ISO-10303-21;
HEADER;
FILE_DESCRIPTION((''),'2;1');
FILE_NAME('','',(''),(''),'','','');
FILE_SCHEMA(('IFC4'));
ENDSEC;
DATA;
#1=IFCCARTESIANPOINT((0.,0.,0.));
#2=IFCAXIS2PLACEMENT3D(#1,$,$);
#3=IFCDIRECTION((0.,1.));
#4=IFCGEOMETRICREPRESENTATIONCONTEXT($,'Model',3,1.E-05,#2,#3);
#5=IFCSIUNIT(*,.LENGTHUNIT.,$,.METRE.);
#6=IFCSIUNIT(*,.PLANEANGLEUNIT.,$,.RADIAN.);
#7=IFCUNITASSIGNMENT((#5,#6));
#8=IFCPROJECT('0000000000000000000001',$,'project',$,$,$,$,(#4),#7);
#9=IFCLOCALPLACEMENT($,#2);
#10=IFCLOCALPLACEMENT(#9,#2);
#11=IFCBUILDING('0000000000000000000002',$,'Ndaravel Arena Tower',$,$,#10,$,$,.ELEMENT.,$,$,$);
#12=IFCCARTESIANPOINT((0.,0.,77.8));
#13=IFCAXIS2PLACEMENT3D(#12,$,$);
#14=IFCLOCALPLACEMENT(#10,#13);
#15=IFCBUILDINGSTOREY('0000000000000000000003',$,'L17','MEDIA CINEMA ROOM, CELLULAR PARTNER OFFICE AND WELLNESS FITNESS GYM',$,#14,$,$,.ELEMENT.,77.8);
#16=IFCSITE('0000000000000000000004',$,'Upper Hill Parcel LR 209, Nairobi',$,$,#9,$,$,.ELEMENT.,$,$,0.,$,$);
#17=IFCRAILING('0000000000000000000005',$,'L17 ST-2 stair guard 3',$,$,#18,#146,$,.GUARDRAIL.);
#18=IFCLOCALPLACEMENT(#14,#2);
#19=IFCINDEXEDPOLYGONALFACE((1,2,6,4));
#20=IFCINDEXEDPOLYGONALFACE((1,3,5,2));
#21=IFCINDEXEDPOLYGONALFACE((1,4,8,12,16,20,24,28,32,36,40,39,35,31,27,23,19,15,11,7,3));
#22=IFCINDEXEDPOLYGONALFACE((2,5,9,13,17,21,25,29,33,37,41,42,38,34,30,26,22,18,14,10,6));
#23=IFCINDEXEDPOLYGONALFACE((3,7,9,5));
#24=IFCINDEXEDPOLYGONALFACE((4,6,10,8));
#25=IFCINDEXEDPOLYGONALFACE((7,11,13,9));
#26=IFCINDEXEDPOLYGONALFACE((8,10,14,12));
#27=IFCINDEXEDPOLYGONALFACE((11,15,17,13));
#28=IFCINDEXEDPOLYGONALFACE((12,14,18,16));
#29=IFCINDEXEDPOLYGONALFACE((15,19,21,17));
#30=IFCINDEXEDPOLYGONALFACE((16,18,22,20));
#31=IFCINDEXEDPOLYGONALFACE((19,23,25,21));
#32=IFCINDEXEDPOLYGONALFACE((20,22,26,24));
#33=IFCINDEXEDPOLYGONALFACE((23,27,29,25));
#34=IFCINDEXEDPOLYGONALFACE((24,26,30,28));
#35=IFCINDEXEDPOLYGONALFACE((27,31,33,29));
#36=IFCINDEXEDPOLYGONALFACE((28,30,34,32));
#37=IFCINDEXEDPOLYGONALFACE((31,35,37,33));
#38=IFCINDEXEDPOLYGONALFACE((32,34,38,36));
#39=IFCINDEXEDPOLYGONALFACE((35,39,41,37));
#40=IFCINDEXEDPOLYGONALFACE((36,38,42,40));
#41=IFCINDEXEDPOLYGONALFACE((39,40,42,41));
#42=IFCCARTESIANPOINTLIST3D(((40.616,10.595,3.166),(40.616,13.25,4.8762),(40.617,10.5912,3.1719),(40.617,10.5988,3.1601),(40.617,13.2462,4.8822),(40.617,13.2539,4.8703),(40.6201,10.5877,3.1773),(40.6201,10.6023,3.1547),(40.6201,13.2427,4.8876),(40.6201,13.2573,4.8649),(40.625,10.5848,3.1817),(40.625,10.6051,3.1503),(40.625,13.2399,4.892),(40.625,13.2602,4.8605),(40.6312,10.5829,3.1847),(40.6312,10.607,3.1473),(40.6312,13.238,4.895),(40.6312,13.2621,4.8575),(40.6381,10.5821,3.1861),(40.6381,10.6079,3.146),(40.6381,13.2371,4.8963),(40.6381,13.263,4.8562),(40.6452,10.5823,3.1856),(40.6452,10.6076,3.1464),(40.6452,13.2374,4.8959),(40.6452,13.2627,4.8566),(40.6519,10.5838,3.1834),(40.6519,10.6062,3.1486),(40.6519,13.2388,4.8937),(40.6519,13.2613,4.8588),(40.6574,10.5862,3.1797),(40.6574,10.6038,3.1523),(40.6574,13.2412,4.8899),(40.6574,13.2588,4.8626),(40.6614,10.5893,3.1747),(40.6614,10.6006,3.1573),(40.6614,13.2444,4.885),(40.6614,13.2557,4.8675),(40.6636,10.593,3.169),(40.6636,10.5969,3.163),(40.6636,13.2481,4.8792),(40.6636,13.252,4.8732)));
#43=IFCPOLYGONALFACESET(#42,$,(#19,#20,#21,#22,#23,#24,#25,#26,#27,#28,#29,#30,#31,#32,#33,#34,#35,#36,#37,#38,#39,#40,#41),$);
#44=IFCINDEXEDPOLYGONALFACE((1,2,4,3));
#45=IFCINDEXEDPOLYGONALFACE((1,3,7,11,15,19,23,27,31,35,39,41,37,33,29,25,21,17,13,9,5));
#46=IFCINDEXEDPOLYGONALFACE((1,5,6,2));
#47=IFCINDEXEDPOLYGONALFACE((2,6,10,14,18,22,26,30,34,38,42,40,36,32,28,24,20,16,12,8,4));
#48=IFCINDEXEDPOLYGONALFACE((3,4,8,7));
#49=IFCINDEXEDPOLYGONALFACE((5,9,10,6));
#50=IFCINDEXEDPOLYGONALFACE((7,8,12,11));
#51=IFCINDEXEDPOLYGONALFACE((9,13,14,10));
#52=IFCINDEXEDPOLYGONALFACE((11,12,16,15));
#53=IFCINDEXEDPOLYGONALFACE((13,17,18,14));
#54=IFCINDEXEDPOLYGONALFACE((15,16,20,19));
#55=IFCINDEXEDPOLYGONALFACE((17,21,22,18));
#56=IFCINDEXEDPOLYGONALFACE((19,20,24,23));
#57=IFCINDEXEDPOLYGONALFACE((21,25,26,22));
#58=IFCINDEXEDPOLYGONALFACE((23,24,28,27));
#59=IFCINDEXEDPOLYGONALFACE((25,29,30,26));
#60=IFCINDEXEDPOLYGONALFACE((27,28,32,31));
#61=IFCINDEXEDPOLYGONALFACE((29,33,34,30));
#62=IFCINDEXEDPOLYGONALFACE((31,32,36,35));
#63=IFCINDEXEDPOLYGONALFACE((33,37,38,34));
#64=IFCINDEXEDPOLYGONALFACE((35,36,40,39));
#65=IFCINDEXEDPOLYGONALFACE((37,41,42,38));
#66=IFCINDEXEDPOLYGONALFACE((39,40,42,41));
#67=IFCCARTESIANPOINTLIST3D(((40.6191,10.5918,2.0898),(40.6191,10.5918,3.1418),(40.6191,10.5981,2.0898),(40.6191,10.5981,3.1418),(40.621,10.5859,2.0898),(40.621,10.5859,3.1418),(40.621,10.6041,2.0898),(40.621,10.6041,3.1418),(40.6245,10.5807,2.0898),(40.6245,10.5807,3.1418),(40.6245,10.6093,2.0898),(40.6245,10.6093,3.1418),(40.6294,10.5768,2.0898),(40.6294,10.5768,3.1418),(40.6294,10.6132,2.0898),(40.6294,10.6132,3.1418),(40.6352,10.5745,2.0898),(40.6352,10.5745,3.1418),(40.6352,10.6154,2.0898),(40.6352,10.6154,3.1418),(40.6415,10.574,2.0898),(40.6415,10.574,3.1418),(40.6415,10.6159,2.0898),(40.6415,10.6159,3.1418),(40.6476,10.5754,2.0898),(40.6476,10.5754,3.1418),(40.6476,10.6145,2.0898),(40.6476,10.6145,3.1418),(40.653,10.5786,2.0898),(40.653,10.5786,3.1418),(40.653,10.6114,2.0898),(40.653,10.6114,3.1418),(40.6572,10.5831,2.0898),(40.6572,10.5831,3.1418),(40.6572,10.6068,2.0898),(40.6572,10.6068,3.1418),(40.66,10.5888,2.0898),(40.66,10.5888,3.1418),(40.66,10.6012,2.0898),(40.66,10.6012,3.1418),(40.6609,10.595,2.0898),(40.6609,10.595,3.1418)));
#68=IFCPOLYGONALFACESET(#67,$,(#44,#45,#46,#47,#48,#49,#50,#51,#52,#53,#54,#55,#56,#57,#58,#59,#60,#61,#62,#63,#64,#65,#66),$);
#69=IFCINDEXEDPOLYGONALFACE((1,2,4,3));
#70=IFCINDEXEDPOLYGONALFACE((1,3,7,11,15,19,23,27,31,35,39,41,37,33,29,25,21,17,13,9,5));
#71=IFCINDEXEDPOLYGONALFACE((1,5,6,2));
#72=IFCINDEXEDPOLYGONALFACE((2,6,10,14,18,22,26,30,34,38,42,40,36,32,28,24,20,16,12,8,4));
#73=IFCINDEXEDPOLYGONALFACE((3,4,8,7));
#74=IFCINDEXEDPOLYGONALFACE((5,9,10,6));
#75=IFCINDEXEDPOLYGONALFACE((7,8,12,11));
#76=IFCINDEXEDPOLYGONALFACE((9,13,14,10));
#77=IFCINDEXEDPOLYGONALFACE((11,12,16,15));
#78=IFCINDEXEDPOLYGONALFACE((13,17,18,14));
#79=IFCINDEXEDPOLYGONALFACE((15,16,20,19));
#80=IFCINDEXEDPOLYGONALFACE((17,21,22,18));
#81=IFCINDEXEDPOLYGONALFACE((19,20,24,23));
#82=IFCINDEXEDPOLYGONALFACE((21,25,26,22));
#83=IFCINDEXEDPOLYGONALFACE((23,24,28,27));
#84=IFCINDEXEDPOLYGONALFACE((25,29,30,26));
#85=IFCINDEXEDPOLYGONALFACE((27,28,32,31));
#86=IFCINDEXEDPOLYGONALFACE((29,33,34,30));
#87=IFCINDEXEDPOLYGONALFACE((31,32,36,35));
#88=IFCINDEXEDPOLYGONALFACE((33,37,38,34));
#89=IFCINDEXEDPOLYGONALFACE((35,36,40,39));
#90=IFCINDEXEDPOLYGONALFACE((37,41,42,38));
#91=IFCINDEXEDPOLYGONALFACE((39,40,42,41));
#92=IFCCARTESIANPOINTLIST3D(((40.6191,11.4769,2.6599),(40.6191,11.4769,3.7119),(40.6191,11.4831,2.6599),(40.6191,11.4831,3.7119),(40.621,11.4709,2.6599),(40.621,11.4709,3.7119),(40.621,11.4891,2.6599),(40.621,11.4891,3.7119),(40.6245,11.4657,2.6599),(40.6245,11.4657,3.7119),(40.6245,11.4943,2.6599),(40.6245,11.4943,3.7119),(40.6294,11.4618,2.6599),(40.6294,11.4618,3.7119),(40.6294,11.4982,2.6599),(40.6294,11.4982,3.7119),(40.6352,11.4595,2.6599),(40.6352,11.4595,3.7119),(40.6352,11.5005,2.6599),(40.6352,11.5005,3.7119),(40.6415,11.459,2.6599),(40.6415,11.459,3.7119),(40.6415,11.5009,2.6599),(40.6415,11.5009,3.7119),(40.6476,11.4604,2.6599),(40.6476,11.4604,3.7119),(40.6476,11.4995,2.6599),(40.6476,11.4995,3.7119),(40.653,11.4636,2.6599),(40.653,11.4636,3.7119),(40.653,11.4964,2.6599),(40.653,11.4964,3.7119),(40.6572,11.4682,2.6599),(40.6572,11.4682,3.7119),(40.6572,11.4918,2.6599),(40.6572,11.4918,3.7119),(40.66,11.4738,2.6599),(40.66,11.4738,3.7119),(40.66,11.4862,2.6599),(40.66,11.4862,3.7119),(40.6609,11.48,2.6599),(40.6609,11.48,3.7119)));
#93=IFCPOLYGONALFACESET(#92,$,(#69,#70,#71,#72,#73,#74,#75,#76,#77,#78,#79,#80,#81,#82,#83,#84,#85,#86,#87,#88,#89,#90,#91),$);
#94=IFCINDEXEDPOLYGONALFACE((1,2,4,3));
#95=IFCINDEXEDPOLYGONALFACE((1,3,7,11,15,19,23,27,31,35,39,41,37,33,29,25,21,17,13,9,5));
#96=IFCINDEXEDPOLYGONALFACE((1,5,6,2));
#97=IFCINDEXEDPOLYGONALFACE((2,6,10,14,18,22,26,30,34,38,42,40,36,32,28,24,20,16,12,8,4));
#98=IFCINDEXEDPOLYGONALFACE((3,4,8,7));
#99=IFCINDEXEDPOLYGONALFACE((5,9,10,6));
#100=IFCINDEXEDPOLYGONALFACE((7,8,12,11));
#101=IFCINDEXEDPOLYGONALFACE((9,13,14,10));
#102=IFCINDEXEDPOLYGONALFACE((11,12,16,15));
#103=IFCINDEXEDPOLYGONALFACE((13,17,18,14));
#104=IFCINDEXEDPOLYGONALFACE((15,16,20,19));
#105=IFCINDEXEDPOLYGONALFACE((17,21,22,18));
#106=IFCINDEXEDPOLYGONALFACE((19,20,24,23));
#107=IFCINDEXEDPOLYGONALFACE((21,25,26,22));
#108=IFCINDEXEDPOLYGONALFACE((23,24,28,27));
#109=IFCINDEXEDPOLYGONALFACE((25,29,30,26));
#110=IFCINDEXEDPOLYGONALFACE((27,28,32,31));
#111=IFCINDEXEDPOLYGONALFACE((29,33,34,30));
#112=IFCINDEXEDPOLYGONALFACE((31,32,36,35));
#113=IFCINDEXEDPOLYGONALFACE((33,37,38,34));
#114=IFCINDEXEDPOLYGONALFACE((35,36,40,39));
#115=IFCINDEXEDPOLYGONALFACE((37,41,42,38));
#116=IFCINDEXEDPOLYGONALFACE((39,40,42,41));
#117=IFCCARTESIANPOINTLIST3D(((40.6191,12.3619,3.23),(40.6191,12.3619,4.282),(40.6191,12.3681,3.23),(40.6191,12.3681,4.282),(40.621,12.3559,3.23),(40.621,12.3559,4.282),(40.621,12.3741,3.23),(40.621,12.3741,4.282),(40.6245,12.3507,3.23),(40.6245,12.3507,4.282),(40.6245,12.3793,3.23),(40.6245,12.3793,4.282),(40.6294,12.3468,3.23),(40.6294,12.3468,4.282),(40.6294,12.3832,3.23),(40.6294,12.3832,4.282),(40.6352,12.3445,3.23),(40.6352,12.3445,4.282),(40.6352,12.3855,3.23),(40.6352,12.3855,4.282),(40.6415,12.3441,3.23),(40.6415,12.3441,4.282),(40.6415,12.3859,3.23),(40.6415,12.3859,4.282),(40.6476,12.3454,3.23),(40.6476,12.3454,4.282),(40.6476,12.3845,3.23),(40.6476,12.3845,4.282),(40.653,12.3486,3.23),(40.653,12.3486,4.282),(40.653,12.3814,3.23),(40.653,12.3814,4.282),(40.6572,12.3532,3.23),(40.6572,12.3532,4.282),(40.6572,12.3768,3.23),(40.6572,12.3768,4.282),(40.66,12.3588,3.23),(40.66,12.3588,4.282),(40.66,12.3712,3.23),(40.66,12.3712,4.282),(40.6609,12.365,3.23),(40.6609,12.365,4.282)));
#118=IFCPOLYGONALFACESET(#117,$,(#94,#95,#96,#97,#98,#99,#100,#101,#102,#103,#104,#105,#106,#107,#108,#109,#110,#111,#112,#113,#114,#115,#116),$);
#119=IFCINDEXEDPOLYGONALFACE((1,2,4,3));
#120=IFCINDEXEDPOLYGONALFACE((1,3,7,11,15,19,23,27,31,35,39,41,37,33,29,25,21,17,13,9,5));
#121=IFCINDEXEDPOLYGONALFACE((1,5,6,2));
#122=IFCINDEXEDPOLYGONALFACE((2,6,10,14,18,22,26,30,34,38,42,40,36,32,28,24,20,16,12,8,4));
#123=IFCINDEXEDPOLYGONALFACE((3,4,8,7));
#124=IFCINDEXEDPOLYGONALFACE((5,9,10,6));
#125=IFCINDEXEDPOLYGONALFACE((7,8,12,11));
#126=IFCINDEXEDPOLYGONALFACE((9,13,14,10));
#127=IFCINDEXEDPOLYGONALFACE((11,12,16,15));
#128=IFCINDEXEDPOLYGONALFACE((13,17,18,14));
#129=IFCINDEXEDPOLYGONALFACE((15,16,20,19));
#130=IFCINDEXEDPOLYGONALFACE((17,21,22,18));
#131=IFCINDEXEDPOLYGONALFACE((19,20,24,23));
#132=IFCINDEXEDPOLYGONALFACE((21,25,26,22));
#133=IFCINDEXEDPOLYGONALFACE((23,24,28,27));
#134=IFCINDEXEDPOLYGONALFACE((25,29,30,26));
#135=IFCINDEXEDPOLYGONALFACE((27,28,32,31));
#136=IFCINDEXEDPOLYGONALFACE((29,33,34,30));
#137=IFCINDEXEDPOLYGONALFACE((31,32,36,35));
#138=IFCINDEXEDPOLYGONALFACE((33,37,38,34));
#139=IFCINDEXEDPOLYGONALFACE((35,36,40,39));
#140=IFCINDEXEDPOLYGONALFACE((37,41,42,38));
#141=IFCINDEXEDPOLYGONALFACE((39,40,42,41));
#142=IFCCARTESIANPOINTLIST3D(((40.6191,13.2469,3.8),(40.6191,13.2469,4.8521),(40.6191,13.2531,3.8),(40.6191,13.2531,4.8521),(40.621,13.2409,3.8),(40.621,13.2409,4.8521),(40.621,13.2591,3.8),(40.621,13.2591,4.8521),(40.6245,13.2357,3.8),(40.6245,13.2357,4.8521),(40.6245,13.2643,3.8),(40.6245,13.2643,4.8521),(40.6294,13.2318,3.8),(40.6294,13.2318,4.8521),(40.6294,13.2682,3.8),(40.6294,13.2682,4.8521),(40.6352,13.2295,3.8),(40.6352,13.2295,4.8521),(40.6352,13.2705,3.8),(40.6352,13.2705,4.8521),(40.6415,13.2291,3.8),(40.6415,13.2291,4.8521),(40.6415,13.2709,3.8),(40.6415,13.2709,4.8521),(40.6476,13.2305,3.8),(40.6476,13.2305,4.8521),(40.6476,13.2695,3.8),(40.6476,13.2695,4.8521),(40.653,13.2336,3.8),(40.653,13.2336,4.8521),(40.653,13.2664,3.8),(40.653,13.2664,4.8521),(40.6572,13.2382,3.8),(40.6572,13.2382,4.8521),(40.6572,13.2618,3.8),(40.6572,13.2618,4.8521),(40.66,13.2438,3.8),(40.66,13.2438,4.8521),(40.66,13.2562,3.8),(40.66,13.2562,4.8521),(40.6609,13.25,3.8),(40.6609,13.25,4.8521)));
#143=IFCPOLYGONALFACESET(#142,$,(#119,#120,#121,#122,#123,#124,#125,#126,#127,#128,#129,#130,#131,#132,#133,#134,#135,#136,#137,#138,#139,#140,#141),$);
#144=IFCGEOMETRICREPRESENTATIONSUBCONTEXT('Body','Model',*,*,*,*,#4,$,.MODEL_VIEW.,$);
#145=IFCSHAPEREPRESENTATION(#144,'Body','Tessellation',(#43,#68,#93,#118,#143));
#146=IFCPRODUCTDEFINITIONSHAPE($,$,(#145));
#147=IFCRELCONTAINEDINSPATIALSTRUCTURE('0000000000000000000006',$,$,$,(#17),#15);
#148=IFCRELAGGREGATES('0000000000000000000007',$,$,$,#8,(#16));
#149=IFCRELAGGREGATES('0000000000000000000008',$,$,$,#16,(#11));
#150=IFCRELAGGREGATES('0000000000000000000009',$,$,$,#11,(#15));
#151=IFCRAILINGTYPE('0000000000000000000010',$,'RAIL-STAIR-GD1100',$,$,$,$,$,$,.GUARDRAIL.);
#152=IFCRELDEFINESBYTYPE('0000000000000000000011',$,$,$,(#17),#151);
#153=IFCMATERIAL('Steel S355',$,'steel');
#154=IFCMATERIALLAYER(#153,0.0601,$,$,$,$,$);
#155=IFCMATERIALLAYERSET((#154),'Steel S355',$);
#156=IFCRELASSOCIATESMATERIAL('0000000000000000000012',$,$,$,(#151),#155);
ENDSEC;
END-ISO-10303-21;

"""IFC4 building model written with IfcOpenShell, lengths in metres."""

from ifc_helpers import new_model, si_unit, direction, frame, origin, origin_2d, place, context, subcontext, project, spatial, circle, extrude, material, layer, layer_set, type_object, element, save


model = new_model("IFC4")

# Units and contexts
model_context = context("Model", 3, precision=1e-05, world=origin(), true_north=direction((0.0, 1.0)))
body_context = subcontext(model_context, "Body", "Model", "MODEL_VIEW")
ifc_project = project(units=[si_unit("LENGTHUNIT", "METRE"), si_unit("PLANEANGLEUNIT", "RADIAN")], contexts=[model_context])

# Site, building, storey
site_placement = place(None, origin())
site = spatial("IfcSite", under=ifc_project, at=site_placement, Name="Upper Hill Parcel LR 209, Nairobi", CompositionType="ELEMENT", RefElevation=0.0)
building_placement = place(site_placement, origin())
building = spatial("IfcBuilding", under=site, at=building_placement, Name="Ndaravel Arena Tower", CompositionType="ELEMENT")
storey_placement = place(building_placement, frame((0.0, 0.0, 77.8)))
storey = spatial("IfcBuildingStorey", under=building, at=storey_placement, Name="L17", Description="MEDIA CINEMA ROOM, CELLULAR PARTNER OFFICE AND WELLNESS FITNESS GYM", CompositionType="ELEMENT", Elevation=77.8)

# Railing
ifc_material_1 = material(Name="Steel S355", Category="steel")
ifc_layer_1 = layer(ifc_material_1, 0.0601)
ifc_layer_set_1 = layer_set([ifc_layer_1], Name="Steel S355")
railing_type_1 = type_object("IfcRailingType", Name="RAIL-STAIR-GD1100", PredefinedType="GUARDRAIL", material=ifc_layer_set_1)
railing_1_placement = place(storey_placement, frame((40.6399, 10.595, 2.0898)))
element("IfcRailing", 1, at=railing_1_placement, inside=storey, type_object=railing_type_1, Name="L17 ST-2 stair guard 3", PredefinedType="GUARDRAIL", context=body_context, shape_type="SweptSolid", body=[
    extrude(circle(Radius=0.0239, at=origin_2d()), frame((0.0, 0.0, 1.0762), z_axis=(0.0, 0.840688, 0.541519), x_axis=(-1.0, 0.0, 0.0)), (0.0, 0.0, 1.0), 3.1582),
    extrude(circle(Radius=0.021, at=origin_2d()), origin(), (0.0, 0.0, 1.0), 1.052),
    extrude(circle(Radius=0.021, at=origin_2d()), frame((0.0, 0.885, 0.5701)), (0.0, 0.0, 1.0), 1.052),
    extrude(circle(Radius=0.021, at=origin_2d()), frame((0.0, 1.77, 1.1401)), (0.0, 0.0, 1.0), 1.052),
    extrude(circle(Radius=0.021, at=origin_2d()), frame((0.0, 2.655, 1.7102)), (0.0, 0.0, 1.0), 1.052),
])

save(model, "model.ifc")
